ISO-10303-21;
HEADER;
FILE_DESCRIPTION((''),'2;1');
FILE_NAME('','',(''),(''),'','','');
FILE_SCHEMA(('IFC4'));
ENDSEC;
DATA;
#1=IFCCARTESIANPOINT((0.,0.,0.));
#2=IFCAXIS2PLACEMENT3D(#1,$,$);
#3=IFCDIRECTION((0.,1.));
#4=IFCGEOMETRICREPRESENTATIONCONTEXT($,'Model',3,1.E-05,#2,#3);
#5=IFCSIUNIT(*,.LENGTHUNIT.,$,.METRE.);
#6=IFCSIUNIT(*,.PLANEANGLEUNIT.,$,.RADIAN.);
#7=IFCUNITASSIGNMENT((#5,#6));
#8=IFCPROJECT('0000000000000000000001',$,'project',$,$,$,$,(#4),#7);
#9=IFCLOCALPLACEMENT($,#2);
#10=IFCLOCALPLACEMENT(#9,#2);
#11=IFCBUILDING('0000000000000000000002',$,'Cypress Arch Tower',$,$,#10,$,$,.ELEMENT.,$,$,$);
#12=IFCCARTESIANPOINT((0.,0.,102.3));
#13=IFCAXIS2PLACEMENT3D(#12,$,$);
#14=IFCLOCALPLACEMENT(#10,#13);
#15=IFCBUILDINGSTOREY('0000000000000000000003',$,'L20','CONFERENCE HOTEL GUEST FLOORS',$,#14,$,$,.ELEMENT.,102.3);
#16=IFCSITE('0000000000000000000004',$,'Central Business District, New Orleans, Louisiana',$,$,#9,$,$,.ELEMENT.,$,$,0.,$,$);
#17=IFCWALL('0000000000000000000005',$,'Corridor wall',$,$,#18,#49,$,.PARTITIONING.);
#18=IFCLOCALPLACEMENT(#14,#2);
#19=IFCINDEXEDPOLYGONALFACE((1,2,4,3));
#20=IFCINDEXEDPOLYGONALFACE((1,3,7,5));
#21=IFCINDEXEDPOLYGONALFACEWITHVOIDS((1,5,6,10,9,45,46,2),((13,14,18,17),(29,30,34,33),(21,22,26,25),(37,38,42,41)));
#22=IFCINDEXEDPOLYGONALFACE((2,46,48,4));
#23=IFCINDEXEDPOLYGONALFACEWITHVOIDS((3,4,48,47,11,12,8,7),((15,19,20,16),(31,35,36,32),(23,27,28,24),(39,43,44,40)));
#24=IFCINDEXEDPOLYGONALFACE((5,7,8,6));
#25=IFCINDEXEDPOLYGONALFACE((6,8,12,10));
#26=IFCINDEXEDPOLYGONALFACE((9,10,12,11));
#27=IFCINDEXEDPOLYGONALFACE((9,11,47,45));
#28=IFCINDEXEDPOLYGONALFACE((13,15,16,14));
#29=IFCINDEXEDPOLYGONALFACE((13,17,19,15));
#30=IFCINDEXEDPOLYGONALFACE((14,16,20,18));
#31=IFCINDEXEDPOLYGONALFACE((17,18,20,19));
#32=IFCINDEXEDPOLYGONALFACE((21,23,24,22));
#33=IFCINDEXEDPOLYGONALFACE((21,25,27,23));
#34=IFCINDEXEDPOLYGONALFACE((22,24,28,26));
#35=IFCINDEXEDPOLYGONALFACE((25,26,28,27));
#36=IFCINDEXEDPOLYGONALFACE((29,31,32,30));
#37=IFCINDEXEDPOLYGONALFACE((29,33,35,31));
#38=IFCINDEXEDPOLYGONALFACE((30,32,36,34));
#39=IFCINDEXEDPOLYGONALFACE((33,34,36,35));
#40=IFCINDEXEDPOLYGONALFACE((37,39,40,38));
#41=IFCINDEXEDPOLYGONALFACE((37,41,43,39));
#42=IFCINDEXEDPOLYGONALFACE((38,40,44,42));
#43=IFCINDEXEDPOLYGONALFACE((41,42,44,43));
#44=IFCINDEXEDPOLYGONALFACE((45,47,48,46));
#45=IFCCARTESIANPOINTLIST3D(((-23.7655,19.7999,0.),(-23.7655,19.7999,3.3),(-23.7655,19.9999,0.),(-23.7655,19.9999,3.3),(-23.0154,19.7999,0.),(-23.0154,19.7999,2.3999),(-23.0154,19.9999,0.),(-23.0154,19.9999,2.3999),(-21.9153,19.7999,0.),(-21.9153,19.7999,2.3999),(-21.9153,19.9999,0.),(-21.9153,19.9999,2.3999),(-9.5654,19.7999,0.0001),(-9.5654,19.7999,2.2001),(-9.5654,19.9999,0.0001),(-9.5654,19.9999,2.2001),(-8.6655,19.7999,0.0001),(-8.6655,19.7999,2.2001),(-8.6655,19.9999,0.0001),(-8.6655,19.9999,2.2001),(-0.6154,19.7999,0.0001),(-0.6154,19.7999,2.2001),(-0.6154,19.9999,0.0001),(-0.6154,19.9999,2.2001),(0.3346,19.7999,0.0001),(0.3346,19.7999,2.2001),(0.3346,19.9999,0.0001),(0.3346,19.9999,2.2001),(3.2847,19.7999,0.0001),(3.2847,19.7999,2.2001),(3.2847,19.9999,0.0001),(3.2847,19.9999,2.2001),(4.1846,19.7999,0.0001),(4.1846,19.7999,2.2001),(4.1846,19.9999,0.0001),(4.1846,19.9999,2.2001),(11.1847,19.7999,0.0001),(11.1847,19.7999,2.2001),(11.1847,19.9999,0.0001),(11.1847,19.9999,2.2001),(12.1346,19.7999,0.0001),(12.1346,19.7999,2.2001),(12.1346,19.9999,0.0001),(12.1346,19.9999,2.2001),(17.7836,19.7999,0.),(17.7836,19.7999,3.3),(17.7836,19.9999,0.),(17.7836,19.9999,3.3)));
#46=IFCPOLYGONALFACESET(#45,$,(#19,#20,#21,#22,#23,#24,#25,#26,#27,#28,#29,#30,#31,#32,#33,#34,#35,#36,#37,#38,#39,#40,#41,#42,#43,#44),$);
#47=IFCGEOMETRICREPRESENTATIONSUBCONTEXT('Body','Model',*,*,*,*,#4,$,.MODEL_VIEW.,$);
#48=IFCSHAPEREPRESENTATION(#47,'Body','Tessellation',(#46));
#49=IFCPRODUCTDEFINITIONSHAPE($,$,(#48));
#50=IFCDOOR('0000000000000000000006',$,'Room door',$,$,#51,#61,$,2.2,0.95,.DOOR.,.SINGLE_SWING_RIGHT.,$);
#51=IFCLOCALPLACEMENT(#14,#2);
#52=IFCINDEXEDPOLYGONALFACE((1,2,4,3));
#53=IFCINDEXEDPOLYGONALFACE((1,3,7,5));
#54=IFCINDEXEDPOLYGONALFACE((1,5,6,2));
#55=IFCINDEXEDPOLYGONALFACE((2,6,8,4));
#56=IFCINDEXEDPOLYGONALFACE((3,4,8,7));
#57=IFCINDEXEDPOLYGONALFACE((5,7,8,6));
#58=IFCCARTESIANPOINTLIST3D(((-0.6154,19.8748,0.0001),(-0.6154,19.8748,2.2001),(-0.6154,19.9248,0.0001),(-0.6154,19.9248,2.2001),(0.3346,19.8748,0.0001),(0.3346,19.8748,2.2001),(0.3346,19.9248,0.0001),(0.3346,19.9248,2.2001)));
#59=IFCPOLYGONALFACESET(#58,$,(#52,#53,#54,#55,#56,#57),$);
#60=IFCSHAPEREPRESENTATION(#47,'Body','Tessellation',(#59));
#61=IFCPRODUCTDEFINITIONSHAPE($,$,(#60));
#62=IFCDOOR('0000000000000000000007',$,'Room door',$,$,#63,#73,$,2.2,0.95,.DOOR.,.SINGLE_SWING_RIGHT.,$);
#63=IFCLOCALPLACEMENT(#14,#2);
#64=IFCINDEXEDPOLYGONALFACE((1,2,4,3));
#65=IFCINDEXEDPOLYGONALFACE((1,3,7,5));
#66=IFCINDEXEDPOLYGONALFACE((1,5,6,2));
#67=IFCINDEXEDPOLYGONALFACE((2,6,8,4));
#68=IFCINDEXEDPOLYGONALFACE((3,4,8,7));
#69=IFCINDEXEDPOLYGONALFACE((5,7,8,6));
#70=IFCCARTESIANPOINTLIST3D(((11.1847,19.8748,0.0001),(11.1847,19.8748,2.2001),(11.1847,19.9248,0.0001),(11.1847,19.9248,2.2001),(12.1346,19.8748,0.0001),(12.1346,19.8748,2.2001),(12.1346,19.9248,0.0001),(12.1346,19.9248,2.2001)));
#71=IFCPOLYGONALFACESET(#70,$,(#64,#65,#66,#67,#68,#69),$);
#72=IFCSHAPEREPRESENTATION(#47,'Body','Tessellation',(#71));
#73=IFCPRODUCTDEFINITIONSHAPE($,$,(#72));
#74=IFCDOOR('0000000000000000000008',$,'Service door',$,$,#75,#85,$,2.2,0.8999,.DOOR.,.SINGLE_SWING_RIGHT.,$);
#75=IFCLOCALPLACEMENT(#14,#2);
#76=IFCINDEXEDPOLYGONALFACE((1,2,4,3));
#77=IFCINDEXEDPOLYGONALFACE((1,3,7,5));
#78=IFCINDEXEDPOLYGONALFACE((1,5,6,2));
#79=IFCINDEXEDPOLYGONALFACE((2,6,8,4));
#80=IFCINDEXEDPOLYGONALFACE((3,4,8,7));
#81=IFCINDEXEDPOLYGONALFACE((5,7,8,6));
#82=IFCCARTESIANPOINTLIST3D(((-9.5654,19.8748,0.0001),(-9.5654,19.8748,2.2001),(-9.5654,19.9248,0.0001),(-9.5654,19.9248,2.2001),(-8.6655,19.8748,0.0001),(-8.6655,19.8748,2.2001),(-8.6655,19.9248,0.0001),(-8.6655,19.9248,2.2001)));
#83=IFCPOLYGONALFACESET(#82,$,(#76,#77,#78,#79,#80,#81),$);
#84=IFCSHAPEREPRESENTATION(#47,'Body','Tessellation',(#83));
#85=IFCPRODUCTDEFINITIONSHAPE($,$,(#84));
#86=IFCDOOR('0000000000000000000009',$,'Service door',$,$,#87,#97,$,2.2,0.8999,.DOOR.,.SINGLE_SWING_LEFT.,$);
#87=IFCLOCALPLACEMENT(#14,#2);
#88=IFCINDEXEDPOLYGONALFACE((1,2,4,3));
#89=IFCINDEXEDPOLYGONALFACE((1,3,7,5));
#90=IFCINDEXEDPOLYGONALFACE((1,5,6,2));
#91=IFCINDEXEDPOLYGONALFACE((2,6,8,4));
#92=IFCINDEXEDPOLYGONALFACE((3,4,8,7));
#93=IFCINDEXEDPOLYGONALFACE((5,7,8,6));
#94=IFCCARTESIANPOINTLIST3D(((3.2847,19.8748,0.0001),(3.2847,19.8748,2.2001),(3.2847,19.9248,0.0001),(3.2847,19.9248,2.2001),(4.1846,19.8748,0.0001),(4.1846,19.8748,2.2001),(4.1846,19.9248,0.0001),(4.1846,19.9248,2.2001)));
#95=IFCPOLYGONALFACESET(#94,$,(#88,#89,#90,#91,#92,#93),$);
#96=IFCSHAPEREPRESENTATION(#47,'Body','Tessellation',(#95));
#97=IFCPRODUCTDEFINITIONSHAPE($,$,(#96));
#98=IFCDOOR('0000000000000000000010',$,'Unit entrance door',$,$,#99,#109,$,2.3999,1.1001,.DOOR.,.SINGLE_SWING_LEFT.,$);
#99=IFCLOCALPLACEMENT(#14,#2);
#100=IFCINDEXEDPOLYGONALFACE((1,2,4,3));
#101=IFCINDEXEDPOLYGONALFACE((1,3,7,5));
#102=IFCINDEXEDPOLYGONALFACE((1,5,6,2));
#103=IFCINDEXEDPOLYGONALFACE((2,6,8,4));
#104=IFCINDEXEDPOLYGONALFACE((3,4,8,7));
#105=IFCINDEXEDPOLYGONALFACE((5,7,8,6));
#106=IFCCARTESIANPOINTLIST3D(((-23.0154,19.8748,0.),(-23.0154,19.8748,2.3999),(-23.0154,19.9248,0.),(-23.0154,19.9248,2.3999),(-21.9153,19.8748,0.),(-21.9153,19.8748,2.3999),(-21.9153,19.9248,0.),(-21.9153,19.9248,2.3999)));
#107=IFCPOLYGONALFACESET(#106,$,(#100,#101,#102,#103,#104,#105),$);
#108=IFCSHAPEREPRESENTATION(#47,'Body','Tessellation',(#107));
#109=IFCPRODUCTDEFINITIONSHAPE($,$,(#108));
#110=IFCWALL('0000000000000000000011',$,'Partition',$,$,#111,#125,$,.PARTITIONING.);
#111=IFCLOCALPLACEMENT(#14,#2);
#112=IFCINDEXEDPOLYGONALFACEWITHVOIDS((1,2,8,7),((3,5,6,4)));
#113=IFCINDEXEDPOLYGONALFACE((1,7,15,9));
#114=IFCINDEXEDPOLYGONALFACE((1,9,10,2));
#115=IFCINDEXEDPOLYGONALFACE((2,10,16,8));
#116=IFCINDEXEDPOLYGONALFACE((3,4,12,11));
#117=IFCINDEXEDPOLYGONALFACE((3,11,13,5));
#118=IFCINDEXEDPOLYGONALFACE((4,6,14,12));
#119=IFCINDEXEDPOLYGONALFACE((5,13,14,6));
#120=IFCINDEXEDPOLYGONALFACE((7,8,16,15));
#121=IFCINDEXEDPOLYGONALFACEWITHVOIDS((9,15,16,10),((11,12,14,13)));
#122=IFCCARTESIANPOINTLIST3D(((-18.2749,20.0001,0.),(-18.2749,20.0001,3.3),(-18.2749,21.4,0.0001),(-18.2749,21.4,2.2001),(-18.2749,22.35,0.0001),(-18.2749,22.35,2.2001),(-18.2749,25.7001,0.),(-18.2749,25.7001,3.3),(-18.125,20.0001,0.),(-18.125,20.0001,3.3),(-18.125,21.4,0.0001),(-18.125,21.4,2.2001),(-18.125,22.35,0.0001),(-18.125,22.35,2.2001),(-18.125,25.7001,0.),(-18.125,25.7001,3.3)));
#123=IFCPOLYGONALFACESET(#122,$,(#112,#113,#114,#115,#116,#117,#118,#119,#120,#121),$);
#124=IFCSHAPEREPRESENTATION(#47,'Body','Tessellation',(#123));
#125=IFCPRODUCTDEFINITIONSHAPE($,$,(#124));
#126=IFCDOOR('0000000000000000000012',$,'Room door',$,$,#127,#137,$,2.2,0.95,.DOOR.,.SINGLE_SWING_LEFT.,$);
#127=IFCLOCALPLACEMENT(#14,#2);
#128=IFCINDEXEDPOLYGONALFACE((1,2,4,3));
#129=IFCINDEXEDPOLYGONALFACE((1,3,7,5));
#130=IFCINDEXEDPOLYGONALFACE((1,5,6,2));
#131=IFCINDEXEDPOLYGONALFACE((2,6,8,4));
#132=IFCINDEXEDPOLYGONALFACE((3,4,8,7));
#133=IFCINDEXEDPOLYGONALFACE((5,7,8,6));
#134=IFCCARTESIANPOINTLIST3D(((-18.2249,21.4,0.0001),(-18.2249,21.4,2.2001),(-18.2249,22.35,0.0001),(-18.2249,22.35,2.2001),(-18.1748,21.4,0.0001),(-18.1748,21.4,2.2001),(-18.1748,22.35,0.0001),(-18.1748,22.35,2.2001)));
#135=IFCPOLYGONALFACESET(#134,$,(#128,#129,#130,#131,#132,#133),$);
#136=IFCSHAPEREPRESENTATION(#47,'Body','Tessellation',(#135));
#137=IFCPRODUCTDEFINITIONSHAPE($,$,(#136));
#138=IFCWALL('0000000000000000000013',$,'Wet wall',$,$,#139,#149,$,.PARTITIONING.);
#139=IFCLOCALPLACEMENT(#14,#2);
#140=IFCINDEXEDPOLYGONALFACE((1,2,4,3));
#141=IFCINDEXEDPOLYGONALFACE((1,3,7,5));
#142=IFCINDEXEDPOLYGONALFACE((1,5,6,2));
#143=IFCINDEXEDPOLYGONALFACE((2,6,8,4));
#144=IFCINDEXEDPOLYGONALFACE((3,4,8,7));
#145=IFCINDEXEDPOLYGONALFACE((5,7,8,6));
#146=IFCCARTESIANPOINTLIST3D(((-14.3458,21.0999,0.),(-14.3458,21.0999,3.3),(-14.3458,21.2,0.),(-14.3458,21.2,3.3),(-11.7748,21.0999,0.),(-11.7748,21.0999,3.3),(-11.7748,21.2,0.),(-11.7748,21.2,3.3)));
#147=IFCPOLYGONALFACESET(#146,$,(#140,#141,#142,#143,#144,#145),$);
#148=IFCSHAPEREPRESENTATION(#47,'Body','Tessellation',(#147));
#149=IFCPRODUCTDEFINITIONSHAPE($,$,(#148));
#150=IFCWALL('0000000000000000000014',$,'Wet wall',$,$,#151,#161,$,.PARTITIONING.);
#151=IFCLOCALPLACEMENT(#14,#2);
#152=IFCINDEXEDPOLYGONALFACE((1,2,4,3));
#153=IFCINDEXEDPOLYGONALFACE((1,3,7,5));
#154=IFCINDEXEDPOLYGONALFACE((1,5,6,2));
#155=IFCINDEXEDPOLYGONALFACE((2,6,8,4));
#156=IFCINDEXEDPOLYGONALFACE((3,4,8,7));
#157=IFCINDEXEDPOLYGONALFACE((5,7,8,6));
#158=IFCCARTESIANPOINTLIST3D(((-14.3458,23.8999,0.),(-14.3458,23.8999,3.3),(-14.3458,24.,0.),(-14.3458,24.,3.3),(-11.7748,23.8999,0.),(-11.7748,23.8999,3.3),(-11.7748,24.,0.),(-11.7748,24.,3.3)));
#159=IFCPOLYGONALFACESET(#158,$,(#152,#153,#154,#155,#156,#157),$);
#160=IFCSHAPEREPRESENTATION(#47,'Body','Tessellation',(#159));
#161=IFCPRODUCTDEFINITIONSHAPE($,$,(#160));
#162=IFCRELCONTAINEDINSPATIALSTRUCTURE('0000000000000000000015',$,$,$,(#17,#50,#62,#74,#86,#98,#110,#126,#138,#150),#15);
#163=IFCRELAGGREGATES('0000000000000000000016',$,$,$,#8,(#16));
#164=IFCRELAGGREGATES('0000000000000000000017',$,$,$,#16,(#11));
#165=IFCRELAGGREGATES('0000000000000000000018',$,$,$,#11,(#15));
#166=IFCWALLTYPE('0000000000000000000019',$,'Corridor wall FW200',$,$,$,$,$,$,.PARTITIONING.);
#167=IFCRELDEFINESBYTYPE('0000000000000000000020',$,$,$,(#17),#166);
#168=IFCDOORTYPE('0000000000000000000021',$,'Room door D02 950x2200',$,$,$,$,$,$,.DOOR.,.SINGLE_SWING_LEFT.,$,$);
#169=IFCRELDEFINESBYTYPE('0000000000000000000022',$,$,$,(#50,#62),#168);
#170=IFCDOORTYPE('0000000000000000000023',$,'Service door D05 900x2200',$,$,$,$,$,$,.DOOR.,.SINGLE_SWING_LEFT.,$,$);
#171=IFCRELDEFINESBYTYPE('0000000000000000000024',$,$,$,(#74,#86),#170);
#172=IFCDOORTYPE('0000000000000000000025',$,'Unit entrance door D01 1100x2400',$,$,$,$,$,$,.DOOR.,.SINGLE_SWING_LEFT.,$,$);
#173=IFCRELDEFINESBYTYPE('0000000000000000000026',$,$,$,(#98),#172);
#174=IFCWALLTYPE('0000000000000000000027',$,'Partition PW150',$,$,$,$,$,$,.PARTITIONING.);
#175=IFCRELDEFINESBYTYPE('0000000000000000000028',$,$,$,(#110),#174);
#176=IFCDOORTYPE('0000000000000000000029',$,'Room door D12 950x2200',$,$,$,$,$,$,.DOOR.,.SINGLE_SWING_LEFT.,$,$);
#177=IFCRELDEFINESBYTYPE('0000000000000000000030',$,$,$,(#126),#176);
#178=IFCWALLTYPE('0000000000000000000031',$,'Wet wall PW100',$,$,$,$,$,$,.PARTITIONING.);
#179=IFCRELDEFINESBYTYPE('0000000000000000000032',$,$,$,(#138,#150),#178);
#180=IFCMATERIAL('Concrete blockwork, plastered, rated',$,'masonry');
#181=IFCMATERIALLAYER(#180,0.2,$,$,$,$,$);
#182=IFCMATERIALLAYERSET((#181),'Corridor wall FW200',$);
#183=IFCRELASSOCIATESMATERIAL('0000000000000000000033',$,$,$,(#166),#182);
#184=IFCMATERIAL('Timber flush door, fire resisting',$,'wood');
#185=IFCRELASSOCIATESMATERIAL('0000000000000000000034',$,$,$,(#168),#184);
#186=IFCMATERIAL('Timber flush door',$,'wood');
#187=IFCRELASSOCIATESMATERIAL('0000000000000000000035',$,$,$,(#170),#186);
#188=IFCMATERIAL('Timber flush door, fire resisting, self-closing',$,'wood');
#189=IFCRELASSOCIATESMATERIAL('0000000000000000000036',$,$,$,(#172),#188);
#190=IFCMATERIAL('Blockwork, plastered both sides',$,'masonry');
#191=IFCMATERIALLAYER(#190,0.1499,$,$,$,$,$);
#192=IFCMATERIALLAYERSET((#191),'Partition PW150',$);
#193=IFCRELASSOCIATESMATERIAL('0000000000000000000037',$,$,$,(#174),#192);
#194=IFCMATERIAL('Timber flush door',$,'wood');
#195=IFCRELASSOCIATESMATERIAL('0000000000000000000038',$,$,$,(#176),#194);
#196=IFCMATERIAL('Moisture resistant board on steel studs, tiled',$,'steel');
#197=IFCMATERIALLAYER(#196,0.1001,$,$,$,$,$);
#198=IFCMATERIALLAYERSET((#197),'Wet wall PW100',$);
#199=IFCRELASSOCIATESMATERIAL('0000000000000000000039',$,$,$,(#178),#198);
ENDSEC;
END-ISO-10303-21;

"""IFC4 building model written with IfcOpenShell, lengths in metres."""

from ifc_helpers import new_model, si_unit, direction, frame, frame_2d, origin, place, context, subcontext, project, spatial, rectangle, extrude, material, layer, layer_set, type_object, element, fill, save


model = new_model("IFC4")

# Units and contexts
model_context = context("Model", 3, precision=1e-05, world=origin(), true_north=direction((0.0, 1.0)))
body_context = subcontext(model_context, "Body", "Model", "MODEL_VIEW")
ifc_project = project(units=[si_unit("LENGTHUNIT", "METRE"), si_unit("PLANEANGLEUNIT", "RADIAN")], contexts=[model_context])

# Site, building, storey
site_placement = place(None, origin())
site = spatial("IfcSite", under=ifc_project, at=site_placement, Name="Central Business District, New Orleans, Louisiana", CompositionType="ELEMENT", RefElevation=0.0)
building_placement = place(site_placement, origin())
building = spatial("IfcBuilding", under=site, at=building_placement, Name="Cypress Arch Tower", CompositionType="ELEMENT")
storey_placement = place(building_placement, frame((0.0, 0.0, 102.3)))
storey = spatial("IfcBuildingStorey", under=building, at=storey_placement, Name="L20", Description="CONFERENCE HOTEL GUEST FLOORS", CompositionType="ELEMENT", Elevation=102.3)

# Wall, openings, doors
ifc_material_1 = material(Name="Concrete blockwork, plastered, rated", Category="masonry")
ifc_layer_1 = layer(ifc_material_1, 0.2)
ifc_layer_set_1 = layer_set([ifc_layer_1], Name="Corridor wall FW200")
wall_type_1 = type_object("IfcWallType", Name="Corridor wall FW200", PredefinedType="PARTITIONING", material=ifc_layer_set_1)
wall_1_placement = place(storey_placement, frame((-23.7654, 19.8999, 0.0), z_axis=(0.0, 0.0, 1.0), x_axis=(1.0, 0.0, 0.0)))
wall_1 = element("IfcWall", 1, at=wall_1_placement, inside=storey, type_object=wall_type_1, Name="Corridor wall", PredefinedType="PARTITIONING", context=body_context, shape_type="SweptSolid", body=[
    extrude(rectangle(XDim=41.5491, YDim=0.2, at=frame_2d((20.7744, 0.0))), origin(), (0.0, 0.0, 1.0), 3.3),
])
opening_1_placement = place(wall_1_placement, frame((14.2, 0.0, 0.0)))
opening_1 = element("IfcOpeningElement", 2, at=opening_1_placement, cuts=wall_1, PredefinedType="OPENING", context=body_context, shape_type="SweptSolid", body=[
    extrude(rectangle(XDim=0.8999, YDim=2.2, at=frame_2d((0.45, 1.1001))), frame((0.0, 0.1099, 0.0), z_axis=(0.0, -1.0, 0.0), x_axis=(1.0, 0.0, 0.0)), (0.0, 0.0, 1.0), 0.22),
])
opening_2_placement = place(wall_1_placement, frame((27.05, 0.0, 0.0)))
opening_2 = element("IfcOpeningElement", 3, at=opening_2_placement, cuts=wall_1, PredefinedType="OPENING", context=body_context, shape_type="SweptSolid", body=[
    extrude(rectangle(XDim=0.8999, YDim=2.2, at=frame_2d((0.45, 1.1001))), frame((0.0, 0.1099, 0.0), z_axis=(0.0, -1.0, 0.0), x_axis=(1.0, 0.0, 0.0)), (0.0, 0.0, 1.0), 0.22),
])
opening_3_placement = place(wall_1_placement, frame((0.75, 0.0, 0.0)))
opening_3 = element("IfcOpeningElement", 4, at=opening_3_placement, cuts=wall_1, PredefinedType="OPENING", context=body_context, shape_type="SweptSolid", body=[
    extrude(rectangle(XDim=1.1001, YDim=2.3999, at=frame_2d((0.55, 1.2))), frame((0.0, 0.1099, 0.0), z_axis=(0.0, -1.0, 0.0), x_axis=(1.0, 0.0, 0.0)), (0.0, 0.0, 1.0), 0.22),
])
opening_4_placement = place(wall_1_placement, frame((23.1499, 0.0, 0.0)))
opening_4 = element("IfcOpeningElement", 5, at=opening_4_placement, cuts=wall_1, PredefinedType="OPENING", context=body_context, shape_type="SweptSolid", body=[
    extrude(rectangle(XDim=0.95, YDim=2.2, at=frame_2d((0.4751, 1.1001))), frame((0.0, 0.1099, 0.0), z_axis=(0.0, -1.0, 0.0), x_axis=(1.0, 0.0, 0.0)), (0.0, 0.0, 1.0), 0.22),
])
opening_5_placement = place(wall_1_placement, frame((34.95, 0.0, 0.0)))
opening_5 = element("IfcOpeningElement", 6, at=opening_5_placement, cuts=wall_1, PredefinedType="OPENING", context=body_context, shape_type="SweptSolid", body=[
    extrude(rectangle(XDim=0.95, YDim=2.2, at=frame_2d((0.4751, 1.1001))), frame((0.0, 0.1099, 0.0), z_axis=(0.0, -1.0, 0.0), x_axis=(1.0, 0.0, 0.0)), (0.0, 0.0, 1.0), 0.22),
])
ifc_material_2 = material(Name="Timber flush door, fire resisting", Category="wood")
door_type_1 = type_object("IfcDoorType", Name="Room door D02 950x2200", OperationType="SINGLE_SWING_LEFT", PredefinedType="DOOR", material=ifc_material_2)
door_1_placement = place(opening_4_placement, origin())
door_1 = element("IfcDoor", 7, at=door_1_placement, inside=storey, type_object=door_type_1, Name="Room door", OperationType="SINGLE_SWING_RIGHT", OverallHeight=2.2, OverallWidth=0.95, PredefinedType="DOOR", context=body_context, shape_type="SweptSolid", body=[
    extrude(rectangle(XDim=0.95, YDim=2.2, at=frame_2d((0.4751, 1.1001))), frame((0.0, 0.0249, 0.0), z_axis=(0.0, -1.0, 0.0), x_axis=(1.0, 0.0, 0.0)), (0.0, 0.0, 1.0), 0.05),
])
fill(opening_4, door_1)
door_2_placement = place(opening_5_placement, origin())
door_2 = element("IfcDoor", 8, at=door_2_placement, inside=storey, type_object=door_type_1, Name="Room door", OperationType="SINGLE_SWING_RIGHT", OverallHeight=2.2, OverallWidth=0.95, PredefinedType="DOOR", context=body_context, shape_type="SweptSolid", body=[
    extrude(rectangle(XDim=0.95, YDim=2.2, at=frame_2d((0.4751, 1.1001))), frame((0.0, 0.0249, 0.0), z_axis=(0.0, -1.0, 0.0), x_axis=(1.0, 0.0, 0.0)), (0.0, 0.0, 1.0), 0.05),
])
fill(opening_5, door_2)
ifc_material_3 = material(Name="Timber flush door", Category="wood")
door_type_2 = type_object("IfcDoorType", Name="Service door D05 900x2200", OperationType="SINGLE_SWING_LEFT", PredefinedType="DOOR", material=ifc_material_3)
door_3_placement = place(opening_1_placement, origin())
door_3 = element("IfcDoor", 9, at=door_3_placement, inside=storey, type_object=door_type_2, Name="Service door", OperationType="SINGLE_SWING_RIGHT", OverallHeight=2.2, OverallWidth=0.8999, PredefinedType="DOOR", context=body_context, shape_type="SweptSolid", body=[
    extrude(rectangle(XDim=0.8999, YDim=2.2, at=frame_2d((0.45, 1.1001))), frame((0.0, 0.0249, 0.0), z_axis=(0.0, -1.0, 0.0), x_axis=(1.0, 0.0, 0.0)), (0.0, 0.0, 1.0), 0.05),
])
fill(opening_1, door_3)
door_4_placement = place(opening_2_placement, origin())
door_4 = element("IfcDoor", 10, at=door_4_placement, inside=storey, type_object=door_type_2, Name="Service door", OperationType="SINGLE_SWING_LEFT", OverallHeight=2.2, OverallWidth=0.8999, PredefinedType="DOOR", context=body_context, shape_type="SweptSolid", body=[
    extrude(rectangle(XDim=0.8999, YDim=2.2, at=frame_2d((0.45, 1.1001))), frame((0.0, 0.0249, 0.0), z_axis=(0.0, -1.0, 0.0), x_axis=(1.0, 0.0, 0.0)), (0.0, 0.0, 1.0), 0.05),
])
fill(opening_2, door_4)
ifc_material_4 = material(Name="Timber flush door, fire resisting, self-closing", Category="wood")
door_type_3 = type_object("IfcDoorType", Name="Unit entrance door D01 1100x2400", OperationType="SINGLE_SWING_LEFT", PredefinedType="DOOR", material=ifc_material_4)
door_5_placement = place(opening_3_placement, origin())
door_5 = element("IfcDoor", 11, at=door_5_placement, inside=storey, type_object=door_type_3, Name="Unit entrance door", OperationType="SINGLE_SWING_LEFT", OverallHeight=2.3999, OverallWidth=1.1001, PredefinedType="DOOR", context=body_context, shape_type="SweptSolid", body=[
    extrude(rectangle(XDim=1.1001, YDim=2.3999, at=frame_2d((0.55, 1.2))), frame((0.0, 0.0249, 0.0), z_axis=(0.0, -1.0, 0.0), x_axis=(1.0, 0.0, 0.0)), (0.0, 0.0, 1.0), 0.05),
])
fill(opening_3, door_5)

# Wall, opening, door
ifc_material_5 = material(Name="Blockwork, plastered both sides", Category="masonry")
ifc_layer_2 = layer(ifc_material_5, 0.1499)
ifc_layer_set_2 = layer_set([ifc_layer_2], Name="Partition PW150")
wall_type_2 = type_object("IfcWallType", Name="Partition PW150", PredefinedType="PARTITIONING", material=ifc_layer_set_2)
wall_2_placement = place(storey_placement, frame((-18.2, 20.0, 0.0), z_axis=(0.0, 0.0, 1.0), x_axis=(0.0, 1.0, 0.0)))
wall_2 = element("IfcWall", 12, at=wall_2_placement, inside=storey, type_object=wall_type_2, Name="Partition", PredefinedType="PARTITIONING", context=body_context, shape_type="SweptSolid", body=[
    extrude(rectangle(XDim=5.7, YDim=0.1499, at=frame_2d((2.8501, 0.0))), origin(), (0.0, 0.0, 1.0), 3.3),
])
opening_6_placement = place(wall_2_placement, frame((1.3999, 0.0, 0.0)))
opening_6 = element("IfcOpeningElement", 13, at=opening_6_placement, cuts=wall_2, PredefinedType="OPENING", context=body_context, shape_type="SweptSolid", body=[
    extrude(rectangle(XDim=0.95, YDim=2.2, at=frame_2d((0.4751, 1.1001))), frame((0.0, 0.085, 0.0), z_axis=(0.0, -1.0, 0.0), x_axis=(1.0, 0.0, 0.0)), (0.0, 0.0, 1.0), 0.1699),
])
ifc_material_6 = material(Name="Timber flush door", Category="wood")
door_type_4 = type_object("IfcDoorType", Name="Room door D12 950x2200", OperationType="SINGLE_SWING_LEFT", PredefinedType="DOOR", material=ifc_material_6)
door_6_placement = place(opening_6_placement, origin())
door_6 = element("IfcDoor", 14, at=door_6_placement, inside=storey, type_object=door_type_4, Name="Room door", OperationType="SINGLE_SWING_LEFT", OverallHeight=2.2, OverallWidth=0.95, PredefinedType="DOOR", context=body_context, shape_type="SweptSolid", body=[
    extrude(rectangle(XDim=0.95, YDim=2.2, at=frame_2d((0.4751, 1.1001))), frame((0.0, 0.0249, 0.0), z_axis=(0.0, -1.0, 0.0), x_axis=(1.0, 0.0, 0.0)), (0.0, 0.0, 1.0), 0.05),
])
fill(opening_6, door_6)

# Walls
ifc_material_7 = material(Name="Moisture resistant board on steel studs, tiled", Category="steel")
ifc_layer_3 = layer(ifc_material_7, 0.1001)
ifc_layer_set_3 = layer_set([ifc_layer_3], Name="Wet wall PW100")
wall_type_3 = type_object("IfcWallType", Name="Wet wall PW100", PredefinedType="PARTITIONING", material=ifc_layer_set_3)
for number, where, z_axis, x_axis, name in (
    (15, (-14.3459, 21.1499, 0.0), (0.0, 0.0, 1.0), (1.0, 0.0, 0.0), "Wet wall"),
    (16, (-14.3459, 23.95, 0.0), (0.0, 0.0, 1.0), (1.0, 0.0, 0.0), "Wet wall"),
):
    element("IfcWall", number, at=place(storey_placement, frame(where, z_axis=z_axis, x_axis=x_axis)), inside=storey, type_object=wall_type_3, Name=name, PredefinedType="PARTITIONING", context=body_context, shape_type="SweptSolid", body=[
        extrude(rectangle(XDim=2.571, YDim=0.1001, at=frame_2d((1.2856, 0.0))), origin(), (0.0, 0.0, 1.0), 3.3),
    ])

save(model, "model.ifc")
